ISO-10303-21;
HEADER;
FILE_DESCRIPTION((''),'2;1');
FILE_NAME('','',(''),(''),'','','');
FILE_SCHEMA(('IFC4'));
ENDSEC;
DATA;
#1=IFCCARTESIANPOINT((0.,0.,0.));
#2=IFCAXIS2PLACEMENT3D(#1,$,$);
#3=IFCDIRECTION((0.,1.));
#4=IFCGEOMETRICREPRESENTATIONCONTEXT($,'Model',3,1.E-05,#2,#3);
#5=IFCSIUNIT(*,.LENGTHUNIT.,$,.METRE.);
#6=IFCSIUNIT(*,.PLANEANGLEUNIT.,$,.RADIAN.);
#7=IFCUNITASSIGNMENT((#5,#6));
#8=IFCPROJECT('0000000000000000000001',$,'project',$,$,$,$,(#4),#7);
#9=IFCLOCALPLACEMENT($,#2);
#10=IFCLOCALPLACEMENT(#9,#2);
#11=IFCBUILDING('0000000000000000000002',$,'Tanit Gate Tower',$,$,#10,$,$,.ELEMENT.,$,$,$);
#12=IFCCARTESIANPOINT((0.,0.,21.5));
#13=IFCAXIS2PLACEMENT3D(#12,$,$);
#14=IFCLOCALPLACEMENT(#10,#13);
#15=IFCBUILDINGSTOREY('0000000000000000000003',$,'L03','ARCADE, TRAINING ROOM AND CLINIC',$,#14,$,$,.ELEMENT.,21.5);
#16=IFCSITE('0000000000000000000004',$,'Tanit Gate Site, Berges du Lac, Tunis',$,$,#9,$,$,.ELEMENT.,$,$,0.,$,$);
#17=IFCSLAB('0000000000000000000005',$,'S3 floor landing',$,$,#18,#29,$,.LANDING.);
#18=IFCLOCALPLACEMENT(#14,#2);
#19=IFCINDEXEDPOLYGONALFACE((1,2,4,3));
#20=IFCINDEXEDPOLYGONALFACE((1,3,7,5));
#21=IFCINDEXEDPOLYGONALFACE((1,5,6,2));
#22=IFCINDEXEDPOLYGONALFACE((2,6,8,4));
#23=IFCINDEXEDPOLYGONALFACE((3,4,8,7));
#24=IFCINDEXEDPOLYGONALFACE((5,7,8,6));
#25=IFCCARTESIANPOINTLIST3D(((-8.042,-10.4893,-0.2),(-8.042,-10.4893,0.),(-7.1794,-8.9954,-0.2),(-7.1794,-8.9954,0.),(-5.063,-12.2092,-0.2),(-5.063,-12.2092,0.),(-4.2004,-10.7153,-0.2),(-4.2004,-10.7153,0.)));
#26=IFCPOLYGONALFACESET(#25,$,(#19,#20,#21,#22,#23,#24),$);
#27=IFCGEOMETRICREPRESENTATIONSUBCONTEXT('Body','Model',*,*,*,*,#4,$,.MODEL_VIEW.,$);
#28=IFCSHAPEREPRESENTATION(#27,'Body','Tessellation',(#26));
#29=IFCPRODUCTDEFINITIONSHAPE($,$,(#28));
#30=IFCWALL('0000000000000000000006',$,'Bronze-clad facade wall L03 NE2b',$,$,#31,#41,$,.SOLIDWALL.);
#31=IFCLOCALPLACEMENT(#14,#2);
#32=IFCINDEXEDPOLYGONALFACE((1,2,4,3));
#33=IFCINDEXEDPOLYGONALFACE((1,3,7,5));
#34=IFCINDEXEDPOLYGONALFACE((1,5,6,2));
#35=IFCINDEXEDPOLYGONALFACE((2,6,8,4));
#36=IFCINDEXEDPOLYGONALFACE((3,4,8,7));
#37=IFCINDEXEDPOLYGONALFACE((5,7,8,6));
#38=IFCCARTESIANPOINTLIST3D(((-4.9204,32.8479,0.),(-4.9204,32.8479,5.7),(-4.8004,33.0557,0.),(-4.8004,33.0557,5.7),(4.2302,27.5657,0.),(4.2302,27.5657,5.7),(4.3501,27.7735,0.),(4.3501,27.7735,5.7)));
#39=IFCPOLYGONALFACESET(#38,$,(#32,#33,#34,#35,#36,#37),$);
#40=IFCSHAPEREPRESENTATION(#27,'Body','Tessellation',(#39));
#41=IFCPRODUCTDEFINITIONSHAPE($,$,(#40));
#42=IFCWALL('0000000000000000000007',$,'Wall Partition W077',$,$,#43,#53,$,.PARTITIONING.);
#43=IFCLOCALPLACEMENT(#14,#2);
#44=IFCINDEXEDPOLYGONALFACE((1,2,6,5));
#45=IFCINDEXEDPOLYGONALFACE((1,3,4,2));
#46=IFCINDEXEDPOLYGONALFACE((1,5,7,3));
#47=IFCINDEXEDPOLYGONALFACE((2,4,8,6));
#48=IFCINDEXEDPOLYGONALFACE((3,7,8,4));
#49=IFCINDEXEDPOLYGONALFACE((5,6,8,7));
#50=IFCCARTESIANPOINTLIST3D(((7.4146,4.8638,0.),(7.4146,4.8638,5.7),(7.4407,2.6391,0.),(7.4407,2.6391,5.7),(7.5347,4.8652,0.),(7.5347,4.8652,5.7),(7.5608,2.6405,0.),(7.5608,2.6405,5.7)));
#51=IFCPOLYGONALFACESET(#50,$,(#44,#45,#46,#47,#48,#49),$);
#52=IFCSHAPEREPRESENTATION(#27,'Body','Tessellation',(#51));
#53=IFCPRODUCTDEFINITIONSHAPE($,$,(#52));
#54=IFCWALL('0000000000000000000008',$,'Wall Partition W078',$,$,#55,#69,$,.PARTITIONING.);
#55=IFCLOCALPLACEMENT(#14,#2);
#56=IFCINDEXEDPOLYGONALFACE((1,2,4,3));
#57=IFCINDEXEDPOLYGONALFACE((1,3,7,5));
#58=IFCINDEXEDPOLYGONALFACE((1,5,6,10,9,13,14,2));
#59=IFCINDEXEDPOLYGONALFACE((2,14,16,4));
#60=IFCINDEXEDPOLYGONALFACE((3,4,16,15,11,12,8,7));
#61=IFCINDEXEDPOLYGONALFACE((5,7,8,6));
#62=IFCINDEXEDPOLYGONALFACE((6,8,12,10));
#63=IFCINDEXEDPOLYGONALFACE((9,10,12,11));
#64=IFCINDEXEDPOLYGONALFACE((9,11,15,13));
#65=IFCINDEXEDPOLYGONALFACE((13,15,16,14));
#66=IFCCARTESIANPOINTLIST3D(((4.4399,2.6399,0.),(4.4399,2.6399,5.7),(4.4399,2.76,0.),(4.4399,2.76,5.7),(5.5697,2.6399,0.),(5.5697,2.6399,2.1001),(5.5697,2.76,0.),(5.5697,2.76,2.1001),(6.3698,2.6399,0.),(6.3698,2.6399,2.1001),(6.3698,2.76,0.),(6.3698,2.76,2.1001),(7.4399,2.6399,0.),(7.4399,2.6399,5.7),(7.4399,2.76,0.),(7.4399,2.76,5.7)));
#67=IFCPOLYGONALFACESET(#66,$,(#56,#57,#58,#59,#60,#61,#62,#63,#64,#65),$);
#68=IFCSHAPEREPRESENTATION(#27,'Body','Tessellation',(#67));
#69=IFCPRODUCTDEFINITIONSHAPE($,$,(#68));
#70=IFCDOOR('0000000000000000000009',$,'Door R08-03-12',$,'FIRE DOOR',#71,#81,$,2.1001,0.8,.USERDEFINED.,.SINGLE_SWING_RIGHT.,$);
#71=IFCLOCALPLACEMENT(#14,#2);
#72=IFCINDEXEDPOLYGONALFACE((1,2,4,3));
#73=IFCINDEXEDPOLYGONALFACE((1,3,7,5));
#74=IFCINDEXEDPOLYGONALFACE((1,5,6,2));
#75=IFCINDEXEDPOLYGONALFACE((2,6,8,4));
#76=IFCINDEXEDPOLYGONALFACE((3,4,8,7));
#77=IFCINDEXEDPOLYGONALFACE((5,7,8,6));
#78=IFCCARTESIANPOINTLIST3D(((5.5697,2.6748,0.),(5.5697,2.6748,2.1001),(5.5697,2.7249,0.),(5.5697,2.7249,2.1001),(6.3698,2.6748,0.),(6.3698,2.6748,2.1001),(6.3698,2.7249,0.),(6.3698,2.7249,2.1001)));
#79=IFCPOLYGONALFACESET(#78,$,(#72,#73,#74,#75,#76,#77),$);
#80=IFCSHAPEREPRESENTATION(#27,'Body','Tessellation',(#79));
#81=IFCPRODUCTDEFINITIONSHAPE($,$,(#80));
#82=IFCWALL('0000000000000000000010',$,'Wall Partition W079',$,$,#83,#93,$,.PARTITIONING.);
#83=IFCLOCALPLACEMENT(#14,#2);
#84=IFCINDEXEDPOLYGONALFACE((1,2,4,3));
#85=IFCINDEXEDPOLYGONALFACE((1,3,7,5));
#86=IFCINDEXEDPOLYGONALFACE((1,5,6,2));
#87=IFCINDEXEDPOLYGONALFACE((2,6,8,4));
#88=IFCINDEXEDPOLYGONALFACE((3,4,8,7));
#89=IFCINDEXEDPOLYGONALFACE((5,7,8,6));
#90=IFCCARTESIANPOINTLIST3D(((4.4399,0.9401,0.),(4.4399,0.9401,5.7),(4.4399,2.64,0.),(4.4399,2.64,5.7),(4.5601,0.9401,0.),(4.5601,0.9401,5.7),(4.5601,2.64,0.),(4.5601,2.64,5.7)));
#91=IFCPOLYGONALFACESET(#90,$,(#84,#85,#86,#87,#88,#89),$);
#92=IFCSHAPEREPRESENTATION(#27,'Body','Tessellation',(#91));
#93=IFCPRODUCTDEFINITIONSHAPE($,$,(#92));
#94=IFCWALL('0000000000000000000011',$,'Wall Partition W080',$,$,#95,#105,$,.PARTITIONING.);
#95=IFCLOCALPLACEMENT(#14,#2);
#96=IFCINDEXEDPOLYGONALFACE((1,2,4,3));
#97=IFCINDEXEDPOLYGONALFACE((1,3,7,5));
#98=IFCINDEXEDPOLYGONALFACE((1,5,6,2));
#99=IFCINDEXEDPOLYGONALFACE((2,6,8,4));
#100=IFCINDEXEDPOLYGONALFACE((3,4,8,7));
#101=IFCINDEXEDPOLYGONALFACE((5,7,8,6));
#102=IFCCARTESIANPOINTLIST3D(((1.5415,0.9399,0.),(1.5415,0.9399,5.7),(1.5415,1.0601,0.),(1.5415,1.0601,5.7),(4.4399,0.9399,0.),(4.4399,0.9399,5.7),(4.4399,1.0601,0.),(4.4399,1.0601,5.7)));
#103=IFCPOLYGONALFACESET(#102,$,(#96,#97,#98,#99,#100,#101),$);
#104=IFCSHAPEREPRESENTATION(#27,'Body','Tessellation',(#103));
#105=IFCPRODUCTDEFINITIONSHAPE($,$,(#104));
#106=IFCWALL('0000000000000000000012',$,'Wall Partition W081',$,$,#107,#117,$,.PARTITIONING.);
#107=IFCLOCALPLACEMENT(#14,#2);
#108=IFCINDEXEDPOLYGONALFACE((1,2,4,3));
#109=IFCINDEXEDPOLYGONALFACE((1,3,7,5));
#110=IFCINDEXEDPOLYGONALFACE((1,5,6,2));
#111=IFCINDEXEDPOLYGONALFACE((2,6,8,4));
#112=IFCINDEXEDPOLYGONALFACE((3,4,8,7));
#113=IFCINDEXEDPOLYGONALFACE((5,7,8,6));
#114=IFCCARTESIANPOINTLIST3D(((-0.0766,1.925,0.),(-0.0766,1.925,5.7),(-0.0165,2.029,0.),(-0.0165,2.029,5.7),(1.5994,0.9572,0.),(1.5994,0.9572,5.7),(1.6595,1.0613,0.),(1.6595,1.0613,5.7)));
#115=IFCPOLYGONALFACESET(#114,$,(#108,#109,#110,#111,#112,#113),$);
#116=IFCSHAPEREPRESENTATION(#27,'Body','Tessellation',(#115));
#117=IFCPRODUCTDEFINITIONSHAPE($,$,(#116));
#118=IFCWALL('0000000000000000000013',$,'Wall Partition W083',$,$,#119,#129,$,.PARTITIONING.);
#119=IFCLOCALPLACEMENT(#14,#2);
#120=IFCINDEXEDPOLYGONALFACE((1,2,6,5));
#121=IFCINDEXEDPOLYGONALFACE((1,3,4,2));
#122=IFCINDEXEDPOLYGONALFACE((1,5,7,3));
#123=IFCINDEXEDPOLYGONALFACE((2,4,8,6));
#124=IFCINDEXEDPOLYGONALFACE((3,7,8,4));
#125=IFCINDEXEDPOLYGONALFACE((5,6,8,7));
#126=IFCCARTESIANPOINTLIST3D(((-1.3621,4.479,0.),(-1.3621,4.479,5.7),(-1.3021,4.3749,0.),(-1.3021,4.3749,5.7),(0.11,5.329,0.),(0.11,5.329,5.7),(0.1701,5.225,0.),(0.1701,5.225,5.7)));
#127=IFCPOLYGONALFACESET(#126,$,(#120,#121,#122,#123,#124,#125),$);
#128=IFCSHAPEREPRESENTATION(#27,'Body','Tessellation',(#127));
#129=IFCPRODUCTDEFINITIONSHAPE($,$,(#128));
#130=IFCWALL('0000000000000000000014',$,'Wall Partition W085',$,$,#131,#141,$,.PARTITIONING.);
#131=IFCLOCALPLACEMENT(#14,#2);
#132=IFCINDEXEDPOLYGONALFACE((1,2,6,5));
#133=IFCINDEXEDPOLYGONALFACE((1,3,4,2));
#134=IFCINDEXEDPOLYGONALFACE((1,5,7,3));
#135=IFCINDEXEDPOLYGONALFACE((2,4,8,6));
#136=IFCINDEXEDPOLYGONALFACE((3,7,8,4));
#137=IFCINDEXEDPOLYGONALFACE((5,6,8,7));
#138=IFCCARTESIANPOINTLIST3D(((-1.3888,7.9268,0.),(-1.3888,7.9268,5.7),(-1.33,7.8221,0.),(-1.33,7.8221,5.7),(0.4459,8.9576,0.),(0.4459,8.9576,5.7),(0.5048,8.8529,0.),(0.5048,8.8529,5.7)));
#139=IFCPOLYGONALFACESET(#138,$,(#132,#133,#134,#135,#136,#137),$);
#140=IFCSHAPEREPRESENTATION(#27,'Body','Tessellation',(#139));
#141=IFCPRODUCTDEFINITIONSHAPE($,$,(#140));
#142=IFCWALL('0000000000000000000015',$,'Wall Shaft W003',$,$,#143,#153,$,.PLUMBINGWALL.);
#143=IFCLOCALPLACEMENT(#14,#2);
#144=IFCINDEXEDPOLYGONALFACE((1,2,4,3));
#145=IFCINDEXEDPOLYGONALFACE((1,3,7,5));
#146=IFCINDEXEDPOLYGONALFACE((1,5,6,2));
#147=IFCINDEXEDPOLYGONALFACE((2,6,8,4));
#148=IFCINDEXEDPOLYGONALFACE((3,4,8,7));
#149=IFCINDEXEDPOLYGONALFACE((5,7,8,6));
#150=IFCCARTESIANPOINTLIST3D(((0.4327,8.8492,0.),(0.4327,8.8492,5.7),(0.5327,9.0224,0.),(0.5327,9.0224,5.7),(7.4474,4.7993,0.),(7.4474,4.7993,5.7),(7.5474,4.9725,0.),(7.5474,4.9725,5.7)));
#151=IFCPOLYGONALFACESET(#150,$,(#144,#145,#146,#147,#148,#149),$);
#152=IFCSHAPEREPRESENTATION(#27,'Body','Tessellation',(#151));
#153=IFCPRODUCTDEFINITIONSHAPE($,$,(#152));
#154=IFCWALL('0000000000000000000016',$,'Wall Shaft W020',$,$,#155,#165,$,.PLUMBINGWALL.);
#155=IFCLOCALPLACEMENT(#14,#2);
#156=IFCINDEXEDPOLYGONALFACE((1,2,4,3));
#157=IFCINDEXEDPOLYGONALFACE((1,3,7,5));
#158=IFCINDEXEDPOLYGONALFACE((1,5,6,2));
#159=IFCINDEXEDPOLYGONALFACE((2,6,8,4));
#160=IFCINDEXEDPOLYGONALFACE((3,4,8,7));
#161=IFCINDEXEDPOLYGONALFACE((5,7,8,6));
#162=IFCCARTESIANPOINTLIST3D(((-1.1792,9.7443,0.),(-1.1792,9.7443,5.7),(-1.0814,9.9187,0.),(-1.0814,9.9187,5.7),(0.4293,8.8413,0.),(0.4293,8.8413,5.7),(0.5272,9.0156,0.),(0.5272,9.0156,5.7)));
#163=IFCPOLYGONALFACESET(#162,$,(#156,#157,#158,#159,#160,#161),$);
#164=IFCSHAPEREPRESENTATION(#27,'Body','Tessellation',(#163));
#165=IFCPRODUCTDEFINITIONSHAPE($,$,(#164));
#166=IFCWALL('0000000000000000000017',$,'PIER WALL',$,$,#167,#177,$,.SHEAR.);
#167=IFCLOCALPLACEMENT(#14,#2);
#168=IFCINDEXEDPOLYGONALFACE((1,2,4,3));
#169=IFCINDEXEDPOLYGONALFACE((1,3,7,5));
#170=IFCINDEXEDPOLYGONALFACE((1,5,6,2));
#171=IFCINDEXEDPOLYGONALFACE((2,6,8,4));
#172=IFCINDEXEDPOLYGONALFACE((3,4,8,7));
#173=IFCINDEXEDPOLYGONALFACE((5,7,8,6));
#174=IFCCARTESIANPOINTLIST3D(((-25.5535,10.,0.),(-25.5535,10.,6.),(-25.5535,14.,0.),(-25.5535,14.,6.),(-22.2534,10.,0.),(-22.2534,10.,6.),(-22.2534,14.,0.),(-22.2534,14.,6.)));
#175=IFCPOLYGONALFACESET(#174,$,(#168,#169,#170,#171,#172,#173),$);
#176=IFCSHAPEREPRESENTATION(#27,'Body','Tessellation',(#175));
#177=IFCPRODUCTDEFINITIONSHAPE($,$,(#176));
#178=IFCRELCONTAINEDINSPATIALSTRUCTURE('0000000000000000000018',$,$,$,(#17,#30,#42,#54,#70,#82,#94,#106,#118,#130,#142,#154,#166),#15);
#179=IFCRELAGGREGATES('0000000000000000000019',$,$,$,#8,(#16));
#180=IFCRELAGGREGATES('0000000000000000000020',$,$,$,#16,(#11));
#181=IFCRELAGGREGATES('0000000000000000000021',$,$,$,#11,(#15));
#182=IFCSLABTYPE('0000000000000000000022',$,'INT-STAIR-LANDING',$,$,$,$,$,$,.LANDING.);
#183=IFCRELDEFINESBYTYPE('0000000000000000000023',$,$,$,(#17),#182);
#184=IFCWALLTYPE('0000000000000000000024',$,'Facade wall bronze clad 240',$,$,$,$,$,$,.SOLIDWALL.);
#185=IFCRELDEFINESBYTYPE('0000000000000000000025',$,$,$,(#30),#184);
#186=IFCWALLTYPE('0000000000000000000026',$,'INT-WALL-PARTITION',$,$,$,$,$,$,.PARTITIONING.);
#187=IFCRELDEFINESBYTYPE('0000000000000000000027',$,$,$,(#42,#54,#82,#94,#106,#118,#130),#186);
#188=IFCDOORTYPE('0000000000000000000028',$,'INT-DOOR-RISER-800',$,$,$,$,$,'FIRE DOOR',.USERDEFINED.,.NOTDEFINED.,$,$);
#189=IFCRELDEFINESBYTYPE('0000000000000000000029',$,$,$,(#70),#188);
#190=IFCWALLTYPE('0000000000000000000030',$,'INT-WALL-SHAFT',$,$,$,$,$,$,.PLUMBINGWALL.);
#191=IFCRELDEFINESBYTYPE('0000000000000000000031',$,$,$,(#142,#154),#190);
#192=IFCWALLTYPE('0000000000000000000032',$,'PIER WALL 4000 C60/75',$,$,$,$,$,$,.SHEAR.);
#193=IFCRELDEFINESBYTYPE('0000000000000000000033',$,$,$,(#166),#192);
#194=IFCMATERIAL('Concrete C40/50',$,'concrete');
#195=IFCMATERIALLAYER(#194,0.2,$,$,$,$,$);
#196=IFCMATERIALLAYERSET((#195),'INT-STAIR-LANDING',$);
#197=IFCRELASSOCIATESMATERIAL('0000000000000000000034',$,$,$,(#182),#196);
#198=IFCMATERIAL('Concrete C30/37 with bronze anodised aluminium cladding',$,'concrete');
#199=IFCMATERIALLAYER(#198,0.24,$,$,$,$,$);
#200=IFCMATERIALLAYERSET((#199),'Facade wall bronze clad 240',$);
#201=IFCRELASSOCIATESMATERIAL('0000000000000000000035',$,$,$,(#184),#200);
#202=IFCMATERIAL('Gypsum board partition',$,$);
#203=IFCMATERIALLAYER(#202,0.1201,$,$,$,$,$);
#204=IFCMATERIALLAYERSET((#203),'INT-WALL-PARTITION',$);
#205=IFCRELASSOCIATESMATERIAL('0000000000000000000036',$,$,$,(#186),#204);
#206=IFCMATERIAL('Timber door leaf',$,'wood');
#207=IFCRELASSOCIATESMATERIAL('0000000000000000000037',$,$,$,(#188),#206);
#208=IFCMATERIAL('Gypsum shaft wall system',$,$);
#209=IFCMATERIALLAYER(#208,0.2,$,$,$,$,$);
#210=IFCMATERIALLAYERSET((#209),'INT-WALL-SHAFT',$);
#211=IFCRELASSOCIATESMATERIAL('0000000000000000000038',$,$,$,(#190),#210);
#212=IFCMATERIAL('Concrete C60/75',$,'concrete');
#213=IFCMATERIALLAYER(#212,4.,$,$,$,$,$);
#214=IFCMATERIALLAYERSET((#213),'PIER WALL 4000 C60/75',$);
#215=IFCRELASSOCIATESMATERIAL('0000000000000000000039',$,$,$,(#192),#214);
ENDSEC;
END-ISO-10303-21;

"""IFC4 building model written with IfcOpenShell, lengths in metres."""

from ifc_helpers import new_model, si_unit, direction, frame, frame_2d, origin, place, context, subcontext, project, spatial, polyline, rectangle, outline, extrude, material, layer, layer_set, type_object, element, fill, save


model = new_model("IFC4")

# Units and contexts
model_context = context("Model", 3, precision=1e-05, world=origin(), true_north=direction((0.0, 1.0)))
body_context = subcontext(model_context, "Body", "Model", "MODEL_VIEW")
ifc_project = project(units=[si_unit("LENGTHUNIT", "METRE"), si_unit("PLANEANGLEUNIT", "RADIAN")], contexts=[model_context])

# Site, building, storey
site_placement = place(None, origin())
site = spatial("IfcSite", under=ifc_project, at=site_placement, Name="Tanit Gate Site, Berges du Lac, Tunis", CompositionType="ELEMENT", RefElevation=0.0)
building_placement = place(site_placement, origin())
building = spatial("IfcBuilding", under=site, at=building_placement, Name="Tanit Gate Tower", CompositionType="ELEMENT")
storey_placement = place(building_placement, frame((0.0, 0.0, 21.5)))
storey = spatial("IfcBuildingStorey", under=building, at=storey_placement, Name="L03", Description="ARCADE, TRAINING ROOM AND CLINIC", CompositionType="ELEMENT", Elevation=21.5)

# Shared definitions
ifc_material_1 = material(Name="Concrete C40/50", Category="concrete")
ifc_layer_1 = layer(ifc_material_1, 0.2)
ifc_layer_set_1 = layer_set([ifc_layer_1], Name="INT-STAIR-LANDING")
slab_type = type_object("IfcSlabType", Name="INT-STAIR-LANDING", PredefinedType="LANDING", material=ifc_layer_set_1)

# Slab
slab_1_placement = place(storey_placement, frame((0.0, 0.0, -0.2)))
element("IfcSlab", 1, at=slab_1_placement, inside=storey, type_object=slab_type, Name="S3 floor landing", PredefinedType="LANDING", context=body_context, shape_type="SweptSolid", body=[
    extrude(outline(polyline([(-7.1794, -8.9954), (-8.042, -10.4893), (-5.063, -12.2092), (-4.2004, -10.7153), (-7.1794, -8.9954)])), origin(), (0.0, 0.0, 1.0), 0.2),
])

# Walls
ifc_material_2 = material(Name="Concrete C30/37 with bronze anodised aluminium cladding", Category="concrete")
ifc_layer_2 = layer(ifc_material_2, 0.24)
ifc_layer_set_2 = layer_set([ifc_layer_2], Name="Facade wall bronze clad 240")
wall_type_1 = type_object("IfcWallType", Name="Facade wall bronze clad 240", PredefinedType="SOLIDWALL", material=ifc_layer_set_2)
wall_1_placement = place(storey_placement, frame((4.29, 27.6697, 0.0), z_axis=(0.0, 0.0, 1.0), x_axis=(-0.866062, 0.499936, 0.0)))
element("IfcWall", 2, at=wall_1_placement, inside=storey, type_object=wall_type_1, Name="Bronze-clad facade wall L03 NE2b", PredefinedType="SOLIDWALL", context=body_context, shape_type="SweptSolid", body=[
    extrude(rectangle(XDim=10.5657, YDim=0.24, at=frame_2d((5.2827, 0.0))), origin(), (0.0, 0.0, 1.0), 5.7),
])
ifc_material_3 = material(Name="Gypsum board partition")
ifc_layer_3 = layer(ifc_material_3, 0.1201)
ifc_layer_set_3 = layer_set([ifc_layer_3], Name="INT-WALL-PARTITION")
wall_type_2 = type_object("IfcWallType", Name="INT-WALL-PARTITION", PredefinedType="PARTITIONING", material=ifc_layer_set_3)
wall_2_placement = place(storey_placement, frame((7.5007, 2.6399, 0.0), z_axis=(0.0, 0.0, 1.0), x_axis=(-0.011742, 0.999931, 0.0)))
element("IfcWall", 3, at=wall_2_placement, inside=storey, type_object=wall_type_2, Name="Wall Partition W077", PredefinedType="PARTITIONING", context=body_context, shape_type="SweptSolid", body=[
    extrude(rectangle(XDim=2.2249, YDim=0.1201, at=frame_2d((1.1123, 0.0))), origin(), (0.0, 0.0, 1.0), 5.7),
])

# Wall, opening, door
wall_3_placement = place(storey_placement, frame((4.4399, 2.7, 0.0), z_axis=(0.0, 0.0, 1.0), x_axis=(1.0, 0.0, 0.0)))
wall_3 = element("IfcWall", 4, at=wall_3_placement, inside=storey, type_object=wall_type_2, Name="Wall Partition W078", PredefinedType="PARTITIONING", context=body_context, shape_type="SweptSolid", body=[
    extrude(rectangle(XDim=3.0, YDim=0.1201, at=frame_2d((1.5, 0.0))), origin(), (0.0, 0.0, 1.0), 5.7),
])
opening_placement = place(wall_3_placement, frame((1.1299, 0.0, 0.0)))
opening = element("IfcOpeningElement", 5, at=opening_placement, cuts=wall_3, PredefinedType="OPENING", context=body_context, shape_type="SweptSolid", body=[
    extrude(rectangle(XDim=0.8, YDim=2.1001, at=frame_2d((0.3999, 1.05))), frame((0.0, 0.0701, 0.0), z_axis=(0.0, -1.0, 0.0), x_axis=(1.0, 0.0, 0.0)), (0.0, 0.0, 1.0), 0.1401),
])
ifc_material_4 = material(Name="Timber door leaf", Category="wood")
door_type = type_object("IfcDoorType", Name="INT-DOOR-RISER-800", ElementType="FIRE DOOR", OperationType="NOTDEFINED", PredefinedType="USERDEFINED", material=ifc_material_4)
door_placement = place(opening_placement, origin())
door = element("IfcDoor", 6, at=door_placement, inside=storey, type_object=door_type, Name="Door R08-03-12", ObjectType="FIRE DOOR", OperationType="SINGLE_SWING_RIGHT", OverallHeight=2.1001, OverallWidth=0.8, PredefinedType="USERDEFINED", context=body_context, shape_type="SweptSolid", body=[
    extrude(rectangle(XDim=0.8, YDim=2.1001, at=frame_2d((0.3999, 1.05))), frame((0.0, 0.0249, 0.0), z_axis=(0.0, -1.0, 0.0), x_axis=(1.0, 0.0, 0.0)), (0.0, 0.0, 1.0), 0.05),
])
fill(opening, door)

# Walls
wall_4_placement = place(storey_placement, frame((4.5, 0.9399, 0.0), z_axis=(0.0, 0.0, 1.0), x_axis=(0.0, 1.0, 0.0)))
element("IfcWall", 7, at=wall_4_placement, inside=storey, type_object=wall_type_2, Name="Wall Partition W079", PredefinedType="PARTITIONING", context=body_context, shape_type="SweptSolid", body=[
    extrude(rectangle(XDim=1.7, YDim=0.1201, at=frame_2d((0.8501, 0.0))), origin(), (0.0, 0.0, 1.0), 5.7),
])
wall_5_placement = place(storey_placement, frame((1.5415, 1.0, 0.0), z_axis=(0.0, 0.0, 1.0), x_axis=(1.0, 0.0, 0.0)))
element("IfcWall", 8, at=wall_5_placement, inside=storey, type_object=wall_type_2, Name="Wall Partition W080", PredefinedType="PARTITIONING", context=body_context, shape_type="SweptSolid", body=[
    extrude(rectangle(XDim=2.8984, YDim=0.1201, at=frame_2d((1.4492, 0.0))), origin(), (0.0, 0.0, 1.0), 5.7),
])
wall_6_placement = place(storey_placement, frame((-0.0466, 1.9771, 0.0), z_axis=(0.0, 0.0, 1.0), x_axis=(0.865999, -0.500046, 0.0)))
element("IfcWall", 9, at=wall_6_placement, inside=storey, type_object=wall_type_2, Name="Wall Partition W081", PredefinedType="PARTITIONING", context=body_context, shape_type="SweptSolid", body=[
    extrude(rectangle(XDim=1.9353, YDim=0.1201, at=frame_2d((0.9678, 0.0))), origin(), (0.0, 0.0, 1.0), 5.7),
])
wall_7_placement = place(storey_placement, frame((0.1401, 5.2771, 0.0), z_axis=(0.0, 0.0, 1.0), x_axis=(-0.865989, -0.500062, 0.0)))
element("IfcWall", 10, at=wall_7_placement, inside=storey, type_object=wall_type_2, Name="Wall Partition W083", PredefinedType="PARTITIONING", context=body_context, shape_type="SweptSolid", body=[
    extrude(rectangle(XDim=1.7, YDim=0.1201, at=frame_2d((0.8501, 0.0))), origin(), (0.0, 0.0, 1.0), 5.7),
])
wall_8_placement = place(storey_placement, frame((0.4753, 8.9053, 0.0), z_axis=(0.0, 0.0, 1.0), x_axis=(-0.871833, -0.489804, 0.0)))
element("IfcWall", 11, at=wall_8_placement, inside=storey, type_object=wall_type_2, Name="Wall Partition W085", PredefinedType="PARTITIONING", context=body_context, shape_type="SweptSolid", body=[
    extrude(rectangle(XDim=2.1045, YDim=0.1201, at=frame_2d((1.0522, 0.0))), origin(), (0.0, 0.0, 1.0), 5.7),
])
ifc_material_5 = material(Name="Gypsum shaft wall system")
ifc_layer_4 = layer(ifc_material_5, 0.2)
ifc_layer_set_4 = layer_set([ifc_layer_4], Name="INT-WALL-SHAFT")
wall_type_3 = type_object("IfcWallType", Name="INT-WALL-SHAFT", PredefinedType="PLUMBINGWALL", material=ifc_layer_set_4)
wall_9_placement = place(storey_placement, frame((7.4973, 4.886, 0.0), z_axis=(0.0, 0.0, 1.0), x_axis=(-0.866031, 0.49999, 0.0)))
element("IfcWall", 12, at=wall_9_placement, inside=storey, type_object=wall_type_3, Name="Wall Shaft W003", PredefinedType="PLUMBINGWALL", context=body_context, shape_type="SweptSolid", body=[
    extrude(rectangle(XDim=8.0999, YDim=0.2, at=frame_2d((4.0498, 0.0))), origin(), (0.0, 0.0, 1.0), 5.7),
])
wall_10_placement = place(storey_placement, frame((0.4783, 8.9285, 0.0), z_axis=(0.0, 0.0, 1.0), x_axis=(-0.871989, 0.489526, 0.0)))
element("IfcWall", 13, at=wall_10_placement, inside=storey, type_object=wall_type_3, Name="Wall Shaft W020", PredefinedType="PLUMBINGWALL", context=body_context, shape_type="SweptSolid", body=[
    extrude(rectangle(XDim=1.8447, YDim=0.2, at=frame_2d((0.9224, 0.0))), origin(), (0.0, 0.0, 1.0), 5.7),
])
ifc_material_6 = material(Name="Concrete C60/75", Category="concrete")
ifc_layer_5 = layer(ifc_material_6, 4.0)
ifc_layer_set_5 = layer_set([ifc_layer_5], Name="PIER WALL 4000 C60/75")
wall_type_4 = type_object("IfcWallType", Name="PIER WALL 4000 C60/75", PredefinedType="SHEAR", material=ifc_layer_set_5)
wall_11_placement = place(storey_placement, origin())
element("IfcWall", 14, at=wall_11_placement, inside=storey, type_object=wall_type_4, Name="PIER WALL", PredefinedType="SHEAR", context=body_context, shape_type="SweptSolid", body=[
    extrude(outline(polyline([(-25.5535, 14.0), (-25.5535, 10.0), (-22.2534, 10.0), (-22.2534, 14.0), (-25.5535, 14.0)])), origin(), (0.0, 0.0, 1.0), 6.0),
])

save(model, "model.ifc")
